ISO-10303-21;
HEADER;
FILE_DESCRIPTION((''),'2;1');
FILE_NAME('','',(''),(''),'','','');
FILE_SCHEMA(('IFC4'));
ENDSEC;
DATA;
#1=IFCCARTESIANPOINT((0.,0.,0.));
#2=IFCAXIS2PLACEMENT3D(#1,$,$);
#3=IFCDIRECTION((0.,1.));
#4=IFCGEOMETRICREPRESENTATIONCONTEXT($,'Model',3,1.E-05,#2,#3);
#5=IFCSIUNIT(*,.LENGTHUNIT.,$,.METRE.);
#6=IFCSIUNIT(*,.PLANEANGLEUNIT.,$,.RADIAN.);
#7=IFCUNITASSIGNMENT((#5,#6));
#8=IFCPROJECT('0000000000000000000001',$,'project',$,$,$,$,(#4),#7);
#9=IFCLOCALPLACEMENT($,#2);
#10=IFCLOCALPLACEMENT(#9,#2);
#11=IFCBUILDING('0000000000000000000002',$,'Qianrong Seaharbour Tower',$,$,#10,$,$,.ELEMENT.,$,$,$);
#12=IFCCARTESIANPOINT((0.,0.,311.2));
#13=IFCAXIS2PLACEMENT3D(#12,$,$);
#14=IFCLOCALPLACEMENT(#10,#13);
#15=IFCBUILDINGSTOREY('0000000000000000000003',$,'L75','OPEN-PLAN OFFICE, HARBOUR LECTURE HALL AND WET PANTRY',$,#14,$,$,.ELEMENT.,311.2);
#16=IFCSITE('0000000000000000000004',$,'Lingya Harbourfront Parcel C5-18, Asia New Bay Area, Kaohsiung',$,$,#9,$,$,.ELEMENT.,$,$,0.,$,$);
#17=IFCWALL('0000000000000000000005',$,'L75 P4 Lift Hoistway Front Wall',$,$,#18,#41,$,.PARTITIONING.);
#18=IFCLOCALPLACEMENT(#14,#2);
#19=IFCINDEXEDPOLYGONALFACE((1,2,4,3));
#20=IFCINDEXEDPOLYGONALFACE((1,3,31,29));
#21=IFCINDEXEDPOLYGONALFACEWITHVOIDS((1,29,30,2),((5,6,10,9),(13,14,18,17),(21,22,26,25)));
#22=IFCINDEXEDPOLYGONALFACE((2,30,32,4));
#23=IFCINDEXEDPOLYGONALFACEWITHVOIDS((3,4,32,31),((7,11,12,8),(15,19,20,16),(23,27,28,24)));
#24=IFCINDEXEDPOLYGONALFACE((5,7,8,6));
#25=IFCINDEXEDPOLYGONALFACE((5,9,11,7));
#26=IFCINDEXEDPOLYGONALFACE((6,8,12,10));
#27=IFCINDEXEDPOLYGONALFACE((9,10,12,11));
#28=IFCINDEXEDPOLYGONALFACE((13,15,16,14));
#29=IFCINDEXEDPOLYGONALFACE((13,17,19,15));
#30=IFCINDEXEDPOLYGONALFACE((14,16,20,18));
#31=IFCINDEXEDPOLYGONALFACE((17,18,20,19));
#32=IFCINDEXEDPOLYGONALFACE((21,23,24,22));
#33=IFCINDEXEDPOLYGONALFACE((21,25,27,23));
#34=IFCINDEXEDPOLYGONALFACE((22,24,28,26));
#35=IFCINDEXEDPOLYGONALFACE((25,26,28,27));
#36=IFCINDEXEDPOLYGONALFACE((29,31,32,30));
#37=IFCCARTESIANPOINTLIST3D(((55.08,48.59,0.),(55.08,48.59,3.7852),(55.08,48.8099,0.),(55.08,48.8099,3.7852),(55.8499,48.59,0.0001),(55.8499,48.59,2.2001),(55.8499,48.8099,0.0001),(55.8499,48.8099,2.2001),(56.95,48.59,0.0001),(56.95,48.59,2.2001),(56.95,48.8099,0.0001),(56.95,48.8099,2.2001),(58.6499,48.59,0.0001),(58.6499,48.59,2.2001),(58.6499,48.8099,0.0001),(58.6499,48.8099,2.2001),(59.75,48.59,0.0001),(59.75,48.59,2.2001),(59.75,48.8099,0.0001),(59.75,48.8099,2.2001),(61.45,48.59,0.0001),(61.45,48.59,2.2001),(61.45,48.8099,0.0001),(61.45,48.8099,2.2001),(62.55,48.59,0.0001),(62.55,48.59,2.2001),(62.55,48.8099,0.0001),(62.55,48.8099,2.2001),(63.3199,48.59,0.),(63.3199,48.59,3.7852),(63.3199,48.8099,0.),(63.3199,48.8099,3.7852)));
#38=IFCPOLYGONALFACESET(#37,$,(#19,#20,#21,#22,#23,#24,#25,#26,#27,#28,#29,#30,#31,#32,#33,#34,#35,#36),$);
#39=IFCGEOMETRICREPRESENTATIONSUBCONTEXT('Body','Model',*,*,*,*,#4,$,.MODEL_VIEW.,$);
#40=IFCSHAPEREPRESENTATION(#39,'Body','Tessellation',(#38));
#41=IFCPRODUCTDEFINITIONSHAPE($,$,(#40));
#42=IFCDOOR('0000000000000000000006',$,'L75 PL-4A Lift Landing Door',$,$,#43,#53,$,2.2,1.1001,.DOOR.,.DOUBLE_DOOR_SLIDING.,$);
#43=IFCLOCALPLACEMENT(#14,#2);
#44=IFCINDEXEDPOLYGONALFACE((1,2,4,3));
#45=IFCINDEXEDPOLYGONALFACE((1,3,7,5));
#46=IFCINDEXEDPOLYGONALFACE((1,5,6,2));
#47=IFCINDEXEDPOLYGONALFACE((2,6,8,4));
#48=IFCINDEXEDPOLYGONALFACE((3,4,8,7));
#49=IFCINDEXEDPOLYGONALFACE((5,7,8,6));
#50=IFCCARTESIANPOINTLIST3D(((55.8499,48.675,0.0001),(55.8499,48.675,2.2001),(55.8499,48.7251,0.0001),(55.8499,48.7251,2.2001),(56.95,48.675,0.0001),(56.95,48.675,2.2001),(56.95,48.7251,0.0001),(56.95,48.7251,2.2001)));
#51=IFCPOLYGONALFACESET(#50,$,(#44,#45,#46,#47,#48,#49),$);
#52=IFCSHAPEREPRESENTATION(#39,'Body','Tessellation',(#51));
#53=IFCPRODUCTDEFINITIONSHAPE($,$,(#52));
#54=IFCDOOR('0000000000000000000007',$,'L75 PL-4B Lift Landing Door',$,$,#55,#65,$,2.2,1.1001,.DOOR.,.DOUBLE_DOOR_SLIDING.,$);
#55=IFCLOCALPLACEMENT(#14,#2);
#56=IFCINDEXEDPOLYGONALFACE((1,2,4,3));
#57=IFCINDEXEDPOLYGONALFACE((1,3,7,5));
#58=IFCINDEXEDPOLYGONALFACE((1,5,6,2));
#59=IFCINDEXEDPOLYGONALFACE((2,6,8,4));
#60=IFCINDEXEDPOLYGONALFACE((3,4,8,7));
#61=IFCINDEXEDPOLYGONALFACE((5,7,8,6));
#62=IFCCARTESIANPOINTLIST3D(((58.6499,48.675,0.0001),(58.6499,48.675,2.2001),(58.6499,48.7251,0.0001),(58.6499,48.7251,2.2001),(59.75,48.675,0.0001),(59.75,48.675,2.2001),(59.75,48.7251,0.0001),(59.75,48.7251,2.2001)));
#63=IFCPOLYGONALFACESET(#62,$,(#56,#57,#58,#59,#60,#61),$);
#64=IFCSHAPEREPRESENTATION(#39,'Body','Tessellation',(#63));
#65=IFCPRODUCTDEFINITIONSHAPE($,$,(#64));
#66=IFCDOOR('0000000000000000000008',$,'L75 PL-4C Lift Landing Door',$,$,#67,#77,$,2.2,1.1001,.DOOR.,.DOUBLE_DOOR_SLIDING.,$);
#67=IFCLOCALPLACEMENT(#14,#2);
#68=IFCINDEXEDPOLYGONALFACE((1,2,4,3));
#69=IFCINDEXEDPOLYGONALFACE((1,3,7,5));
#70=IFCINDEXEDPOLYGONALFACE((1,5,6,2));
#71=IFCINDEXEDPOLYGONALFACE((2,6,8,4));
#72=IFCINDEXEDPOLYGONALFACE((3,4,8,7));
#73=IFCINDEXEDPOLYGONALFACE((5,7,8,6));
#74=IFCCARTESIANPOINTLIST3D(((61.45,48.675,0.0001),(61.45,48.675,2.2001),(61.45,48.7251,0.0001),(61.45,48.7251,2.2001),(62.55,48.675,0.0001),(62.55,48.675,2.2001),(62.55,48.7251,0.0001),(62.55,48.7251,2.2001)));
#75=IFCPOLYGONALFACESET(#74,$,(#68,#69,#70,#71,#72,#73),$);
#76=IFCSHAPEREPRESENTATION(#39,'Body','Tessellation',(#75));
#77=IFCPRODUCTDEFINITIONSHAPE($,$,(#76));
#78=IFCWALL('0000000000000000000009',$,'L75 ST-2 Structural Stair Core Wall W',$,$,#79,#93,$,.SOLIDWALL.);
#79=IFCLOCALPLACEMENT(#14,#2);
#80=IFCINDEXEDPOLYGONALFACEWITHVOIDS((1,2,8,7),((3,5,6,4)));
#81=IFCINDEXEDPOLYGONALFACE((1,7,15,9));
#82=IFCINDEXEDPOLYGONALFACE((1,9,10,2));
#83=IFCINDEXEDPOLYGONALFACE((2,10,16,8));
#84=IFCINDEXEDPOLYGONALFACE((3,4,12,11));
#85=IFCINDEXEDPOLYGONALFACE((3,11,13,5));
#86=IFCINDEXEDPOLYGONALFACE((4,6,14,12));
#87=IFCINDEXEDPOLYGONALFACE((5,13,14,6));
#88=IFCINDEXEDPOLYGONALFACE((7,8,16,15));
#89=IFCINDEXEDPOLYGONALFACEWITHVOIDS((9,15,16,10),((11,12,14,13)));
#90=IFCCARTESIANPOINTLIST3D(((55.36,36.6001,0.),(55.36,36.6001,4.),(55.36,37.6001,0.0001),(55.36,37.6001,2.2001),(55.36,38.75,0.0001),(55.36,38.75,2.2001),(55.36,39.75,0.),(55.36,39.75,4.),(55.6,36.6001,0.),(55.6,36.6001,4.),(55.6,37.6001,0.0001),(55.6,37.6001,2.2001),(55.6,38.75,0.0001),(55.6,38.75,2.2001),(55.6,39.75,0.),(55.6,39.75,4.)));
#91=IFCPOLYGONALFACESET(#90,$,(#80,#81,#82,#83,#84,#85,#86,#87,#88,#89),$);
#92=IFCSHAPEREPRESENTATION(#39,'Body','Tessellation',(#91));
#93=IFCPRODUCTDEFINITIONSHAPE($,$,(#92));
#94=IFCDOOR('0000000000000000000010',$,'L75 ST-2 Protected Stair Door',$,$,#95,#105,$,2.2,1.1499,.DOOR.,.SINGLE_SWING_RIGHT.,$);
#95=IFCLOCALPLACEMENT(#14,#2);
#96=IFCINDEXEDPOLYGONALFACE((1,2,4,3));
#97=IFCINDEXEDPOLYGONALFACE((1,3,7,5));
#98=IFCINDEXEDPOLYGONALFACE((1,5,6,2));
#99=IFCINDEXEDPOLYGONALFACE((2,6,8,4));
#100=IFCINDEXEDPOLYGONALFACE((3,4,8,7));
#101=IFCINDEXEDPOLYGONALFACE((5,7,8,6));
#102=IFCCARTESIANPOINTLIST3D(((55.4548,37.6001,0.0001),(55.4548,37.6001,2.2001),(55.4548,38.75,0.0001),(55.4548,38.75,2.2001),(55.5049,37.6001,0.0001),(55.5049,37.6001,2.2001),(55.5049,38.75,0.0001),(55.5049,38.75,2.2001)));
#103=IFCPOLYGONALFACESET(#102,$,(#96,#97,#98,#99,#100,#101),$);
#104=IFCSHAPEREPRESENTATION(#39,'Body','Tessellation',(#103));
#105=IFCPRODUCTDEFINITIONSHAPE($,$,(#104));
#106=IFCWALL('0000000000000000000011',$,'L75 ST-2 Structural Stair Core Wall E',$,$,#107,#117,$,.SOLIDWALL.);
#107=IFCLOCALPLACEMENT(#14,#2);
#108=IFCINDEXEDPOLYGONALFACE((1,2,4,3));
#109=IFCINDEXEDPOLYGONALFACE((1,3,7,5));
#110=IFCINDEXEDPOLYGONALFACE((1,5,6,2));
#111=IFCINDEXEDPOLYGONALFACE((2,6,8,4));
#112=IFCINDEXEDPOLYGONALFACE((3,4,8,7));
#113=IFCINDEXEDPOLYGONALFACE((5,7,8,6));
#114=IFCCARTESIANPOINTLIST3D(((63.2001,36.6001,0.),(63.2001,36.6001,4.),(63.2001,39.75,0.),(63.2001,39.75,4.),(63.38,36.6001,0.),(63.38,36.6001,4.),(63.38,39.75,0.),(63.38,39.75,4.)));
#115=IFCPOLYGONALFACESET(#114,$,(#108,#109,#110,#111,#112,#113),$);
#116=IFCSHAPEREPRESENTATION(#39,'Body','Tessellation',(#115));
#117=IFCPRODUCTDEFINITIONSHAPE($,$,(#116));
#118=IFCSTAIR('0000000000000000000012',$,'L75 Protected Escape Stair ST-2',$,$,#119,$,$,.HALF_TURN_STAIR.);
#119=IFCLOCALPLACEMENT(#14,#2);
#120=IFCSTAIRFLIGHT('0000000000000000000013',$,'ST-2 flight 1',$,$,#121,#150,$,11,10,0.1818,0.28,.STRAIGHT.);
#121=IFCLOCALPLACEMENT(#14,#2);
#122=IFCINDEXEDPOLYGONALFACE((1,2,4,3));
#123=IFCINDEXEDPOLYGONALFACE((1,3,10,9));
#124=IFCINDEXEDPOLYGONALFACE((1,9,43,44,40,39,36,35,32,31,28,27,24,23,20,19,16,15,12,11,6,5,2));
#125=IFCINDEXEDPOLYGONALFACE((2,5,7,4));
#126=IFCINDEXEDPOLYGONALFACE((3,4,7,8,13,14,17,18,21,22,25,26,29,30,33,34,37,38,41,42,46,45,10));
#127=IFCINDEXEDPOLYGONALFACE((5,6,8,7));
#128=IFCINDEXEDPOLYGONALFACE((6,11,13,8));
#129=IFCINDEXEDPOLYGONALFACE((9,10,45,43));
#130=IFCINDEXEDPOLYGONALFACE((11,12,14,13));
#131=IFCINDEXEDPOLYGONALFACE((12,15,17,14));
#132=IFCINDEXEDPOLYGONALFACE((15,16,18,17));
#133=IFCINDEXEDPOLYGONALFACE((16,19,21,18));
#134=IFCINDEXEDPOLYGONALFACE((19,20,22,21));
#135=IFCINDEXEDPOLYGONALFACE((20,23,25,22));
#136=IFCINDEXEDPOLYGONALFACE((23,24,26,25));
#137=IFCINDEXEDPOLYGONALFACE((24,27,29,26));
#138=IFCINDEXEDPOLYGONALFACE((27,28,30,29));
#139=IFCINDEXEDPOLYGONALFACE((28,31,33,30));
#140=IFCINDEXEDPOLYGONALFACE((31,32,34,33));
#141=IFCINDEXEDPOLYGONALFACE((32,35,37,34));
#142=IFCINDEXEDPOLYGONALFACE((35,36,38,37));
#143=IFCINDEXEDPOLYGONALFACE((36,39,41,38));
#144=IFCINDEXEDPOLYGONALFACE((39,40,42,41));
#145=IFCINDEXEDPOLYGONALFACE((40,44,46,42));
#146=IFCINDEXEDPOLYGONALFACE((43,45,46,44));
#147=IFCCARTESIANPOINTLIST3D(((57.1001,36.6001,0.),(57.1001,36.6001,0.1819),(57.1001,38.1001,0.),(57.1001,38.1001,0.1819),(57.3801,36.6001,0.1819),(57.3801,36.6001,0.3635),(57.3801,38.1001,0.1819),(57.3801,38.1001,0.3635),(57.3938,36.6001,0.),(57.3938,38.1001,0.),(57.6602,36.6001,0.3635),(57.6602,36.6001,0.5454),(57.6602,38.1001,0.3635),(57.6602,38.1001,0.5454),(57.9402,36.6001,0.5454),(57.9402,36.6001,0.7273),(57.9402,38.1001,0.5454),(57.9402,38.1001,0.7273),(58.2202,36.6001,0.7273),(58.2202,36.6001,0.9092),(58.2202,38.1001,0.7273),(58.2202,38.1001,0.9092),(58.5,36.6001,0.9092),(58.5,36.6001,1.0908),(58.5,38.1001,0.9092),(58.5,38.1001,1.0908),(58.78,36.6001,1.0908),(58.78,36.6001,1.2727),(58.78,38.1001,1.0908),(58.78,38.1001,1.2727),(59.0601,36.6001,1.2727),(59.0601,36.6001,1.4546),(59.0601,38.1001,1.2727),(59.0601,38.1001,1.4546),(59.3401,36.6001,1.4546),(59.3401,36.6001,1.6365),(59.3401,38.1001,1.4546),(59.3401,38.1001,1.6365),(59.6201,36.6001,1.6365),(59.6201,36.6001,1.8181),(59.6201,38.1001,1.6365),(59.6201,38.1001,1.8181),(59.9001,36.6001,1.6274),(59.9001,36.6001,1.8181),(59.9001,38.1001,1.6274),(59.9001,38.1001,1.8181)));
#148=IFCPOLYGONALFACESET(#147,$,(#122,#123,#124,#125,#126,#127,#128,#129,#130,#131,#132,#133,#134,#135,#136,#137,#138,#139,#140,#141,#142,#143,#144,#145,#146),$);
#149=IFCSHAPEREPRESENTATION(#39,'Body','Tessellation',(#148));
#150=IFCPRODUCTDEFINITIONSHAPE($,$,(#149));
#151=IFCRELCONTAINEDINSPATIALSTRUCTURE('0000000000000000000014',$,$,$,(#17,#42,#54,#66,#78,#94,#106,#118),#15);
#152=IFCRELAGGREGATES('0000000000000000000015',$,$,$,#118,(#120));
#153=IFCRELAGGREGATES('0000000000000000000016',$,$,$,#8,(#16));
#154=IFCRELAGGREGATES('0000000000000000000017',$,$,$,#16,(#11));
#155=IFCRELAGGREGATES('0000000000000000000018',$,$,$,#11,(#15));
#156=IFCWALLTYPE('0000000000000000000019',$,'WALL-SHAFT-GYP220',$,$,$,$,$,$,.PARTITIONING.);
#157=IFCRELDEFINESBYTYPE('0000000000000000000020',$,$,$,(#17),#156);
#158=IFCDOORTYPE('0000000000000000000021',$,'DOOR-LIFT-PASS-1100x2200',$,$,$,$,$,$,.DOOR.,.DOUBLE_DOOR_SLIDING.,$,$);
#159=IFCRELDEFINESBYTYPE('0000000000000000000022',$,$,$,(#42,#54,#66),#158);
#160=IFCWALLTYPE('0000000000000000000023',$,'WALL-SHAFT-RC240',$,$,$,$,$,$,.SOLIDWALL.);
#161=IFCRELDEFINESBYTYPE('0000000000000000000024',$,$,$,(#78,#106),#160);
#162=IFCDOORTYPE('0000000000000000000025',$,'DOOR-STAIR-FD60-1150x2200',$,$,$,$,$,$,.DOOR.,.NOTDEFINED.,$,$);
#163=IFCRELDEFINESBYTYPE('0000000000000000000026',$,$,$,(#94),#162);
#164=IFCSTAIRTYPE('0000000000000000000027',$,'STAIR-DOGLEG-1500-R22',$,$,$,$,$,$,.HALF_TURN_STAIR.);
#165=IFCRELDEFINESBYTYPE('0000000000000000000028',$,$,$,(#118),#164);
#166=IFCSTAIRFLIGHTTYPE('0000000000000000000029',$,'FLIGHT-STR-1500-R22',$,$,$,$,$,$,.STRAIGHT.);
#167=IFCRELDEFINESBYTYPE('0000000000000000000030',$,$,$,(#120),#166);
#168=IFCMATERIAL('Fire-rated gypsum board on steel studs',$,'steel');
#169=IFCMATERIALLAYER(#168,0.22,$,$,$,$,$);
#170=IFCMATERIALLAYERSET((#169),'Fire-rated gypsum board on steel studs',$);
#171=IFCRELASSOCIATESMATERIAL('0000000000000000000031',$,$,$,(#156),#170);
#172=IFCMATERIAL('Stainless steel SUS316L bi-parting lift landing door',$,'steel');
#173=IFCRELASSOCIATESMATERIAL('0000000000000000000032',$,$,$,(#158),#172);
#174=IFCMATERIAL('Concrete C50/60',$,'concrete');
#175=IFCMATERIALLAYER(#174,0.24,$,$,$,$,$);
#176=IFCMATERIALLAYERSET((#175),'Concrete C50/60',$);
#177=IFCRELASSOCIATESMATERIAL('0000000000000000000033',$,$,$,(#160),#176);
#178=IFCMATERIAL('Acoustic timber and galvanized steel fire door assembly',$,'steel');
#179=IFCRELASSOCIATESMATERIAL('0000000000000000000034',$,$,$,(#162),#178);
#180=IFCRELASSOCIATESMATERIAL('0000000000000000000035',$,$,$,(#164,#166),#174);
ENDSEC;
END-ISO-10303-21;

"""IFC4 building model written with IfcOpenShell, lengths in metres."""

from ifc_helpers import new_model, si_unit, direction, frame, frame_2d, origin, place, context, subcontext, project, spatial, polyline, rectangle, outline, extrude, material, layer, layer_set, type_object, element, fill, aggregate, save


model = new_model("IFC4")

# Units and contexts
model_context = context("Model", 3, precision=1e-05, world=origin(), true_north=direction((0.0, 1.0)))
body_context = subcontext(model_context, "Body", "Model", "MODEL_VIEW")
ifc_project = project(units=[si_unit("LENGTHUNIT", "METRE"), si_unit("PLANEANGLEUNIT", "RADIAN")], contexts=[model_context])

# Site, building, storey
site_placement = place(None, origin())
site = spatial("IfcSite", under=ifc_project, at=site_placement, Name="Lingya Harbourfront Parcel C5-18, Asia New Bay Area, Kaohsiung", CompositionType="ELEMENT", RefElevation=0.0)
building_placement = place(site_placement, origin())
building = spatial("IfcBuilding", under=site, at=building_placement, Name="Qianrong Seaharbour Tower", CompositionType="ELEMENT")
storey_placement = place(building_placement, frame((0.0, 0.0, 311.2)))
storey = spatial("IfcBuildingStorey", under=building, at=storey_placement, Name="L75", Description="OPEN-PLAN OFFICE, HARBOUR LECTURE HALL AND WET PANTRY", CompositionType="ELEMENT", Elevation=311.2)

# Shared definitions
ifc_material_1 = material(Name="Acoustic timber and galvanized steel fire door assembly", Category="steel")

# Shared definitions
ifc_material_2 = material(Name="Fire-rated gypsum board on steel studs", Category="steel")

# Wall, openings, doors
ifc_layer_1 = layer(ifc_material_2, 0.22)
ifc_layer_set_1 = layer_set([ifc_layer_1], Name="Fire-rated gypsum board on steel studs")
wall_type_1 = type_object("IfcWallType", Name="WALL-SHAFT-GYP220", PredefinedType="PARTITIONING", material=ifc_layer_set_1)
wall_1_placement = place(storey_placement, frame((63.3201, 48.7, 0.0), z_axis=(0.0, 0.0, 1.0), x_axis=(-1.0, 0.0, 0.0)))
wall_1 = element("IfcWall", 1, at=wall_1_placement, inside=storey, type_object=wall_type_1, Name="L75 P4 Lift Hoistway Front Wall", PredefinedType="PARTITIONING", context=body_context, shape_type="SweptSolid", body=[
    extrude(rectangle(XDim=8.24, YDim=0.22, at=frame_2d((4.1201, 0.0))), origin(), (0.0, 0.0, 1.0), 3.7852),
])
opening_1_placement = place(wall_1_placement, frame((6.3701, 0.0, 0.0)))
opening_1 = element("IfcOpeningElement", 2, at=opening_1_placement, cuts=wall_1, PredefinedType="OPENING", context=body_context, shape_type="SweptSolid", body=[
    extrude(rectangle(XDim=1.1001, YDim=2.2, at=frame_2d((0.55, 1.1001))), frame((0.0, 0.1201, 0.0), z_axis=(0.0, -1.0, 0.0), x_axis=(1.0, 0.0, 0.0)), (0.0, 0.0, 1.0), 0.24),
])
opening_2_placement = place(wall_1_placement, frame((3.5701, 0.0, 0.0)))
opening_2 = element("IfcOpeningElement", 3, at=opening_2_placement, cuts=wall_1, PredefinedType="OPENING", context=body_context, shape_type="SweptSolid", body=[
    extrude(rectangle(XDim=1.1001, YDim=2.2, at=frame_2d((0.55, 1.1001))), frame((0.0, 0.1201, 0.0), z_axis=(0.0, -1.0, 0.0), x_axis=(1.0, 0.0, 0.0)), (0.0, 0.0, 1.0), 0.24),
])
opening_3_placement = place(wall_1_placement, frame((0.77, 0.0, 0.0)))
opening_3 = element("IfcOpeningElement", 4, at=opening_3_placement, cuts=wall_1, PredefinedType="OPENING", context=body_context, shape_type="SweptSolid", body=[
    extrude(rectangle(XDim=1.1001, YDim=2.2, at=frame_2d((0.55, 1.1001))), frame((0.0, 0.1201, 0.0), z_axis=(0.0, -1.0, 0.0), x_axis=(1.0, 0.0, 0.0)), (0.0, 0.0, 1.0), 0.24),
])
ifc_material_3 = material(Name="Stainless steel SUS316L bi-parting lift landing door", Category="steel")
door_type_1 = type_object("IfcDoorType", Name="DOOR-LIFT-PASS-1100x2200", OperationType="DOUBLE_DOOR_SLIDING", PredefinedType="DOOR", material=ifc_material_3)
door_1_placement = place(opening_1_placement, origin())
door_1 = element("IfcDoor", 5, at=door_1_placement, inside=storey, type_object=door_type_1, Name="L75 PL-4A Lift Landing Door", OperationType="DOUBLE_DOOR_SLIDING", OverallHeight=2.2, OverallWidth=1.1001, PredefinedType="DOOR", context=body_context, shape_type="SweptSolid", body=[
    extrude(rectangle(XDim=1.1001, YDim=2.2, at=frame_2d((0.55, 1.1001))), frame((0.0, 0.0249, 0.0), z_axis=(0.0, -1.0, 0.0), x_axis=(1.0, 0.0, 0.0)), (0.0, 0.0, 1.0), 0.05),
])
fill(opening_1, door_1)
door_2_placement = place(opening_2_placement, origin())
door_2 = element("IfcDoor", 6, at=door_2_placement, inside=storey, type_object=door_type_1, Name="L75 PL-4B Lift Landing Door", OperationType="DOUBLE_DOOR_SLIDING", OverallHeight=2.2, OverallWidth=1.1001, PredefinedType="DOOR", context=body_context, shape_type="SweptSolid", body=[
    extrude(rectangle(XDim=1.1001, YDim=2.2, at=frame_2d((0.55, 1.1001))), frame((0.0, 0.0249, 0.0), z_axis=(0.0, -1.0, 0.0), x_axis=(1.0, 0.0, 0.0)), (0.0, 0.0, 1.0), 0.05),
])
fill(opening_2, door_2)
door_3_placement = place(opening_3_placement, origin())
door_3 = element("IfcDoor", 7, at=door_3_placement, inside=storey, type_object=door_type_1, Name="L75 PL-4C Lift Landing Door", OperationType="DOUBLE_DOOR_SLIDING", OverallHeight=2.2, OverallWidth=1.1001, PredefinedType="DOOR", context=body_context, shape_type="SweptSolid", body=[
    extrude(rectangle(XDim=1.1001, YDim=2.2, at=frame_2d((0.55, 1.1001))), frame((0.0, 0.0249, 0.0), z_axis=(0.0, -1.0, 0.0), x_axis=(1.0, 0.0, 0.0)), (0.0, 0.0, 1.0), 0.05),
])
fill(opening_3, door_3)

# Wall, opening, door
ifc_material_4 = material(Name="Concrete C50/60", Category="concrete")
ifc_layer_2 = layer(ifc_material_4, 0.24)
ifc_layer_set_2 = layer_set([ifc_layer_2], Name="Concrete C50/60")
wall_type_2 = type_object("IfcWallType", Name="WALL-SHAFT-RC240", PredefinedType="SOLIDWALL", material=ifc_layer_set_2)
wall_2_placement = place(storey_placement, frame((55.48, 39.75, 0.0), z_axis=(0.0, 0.0, 1.0), x_axis=(0.0, -1.0, 0.0)))
wall_2 = element("IfcWall", 8, at=wall_2_placement, inside=storey, type_object=wall_type_2, Name="L75 ST-2 Structural Stair Core Wall W", PredefinedType="SOLIDWALL", context=body_context, shape_type="SweptSolid", body=[
    extrude(rectangle(XDim=3.1499, YDim=0.24, at=frame_2d((1.575, 0.0))), origin(), (0.0, 0.0, 1.0), 4.0),
])
opening_4_placement = place(wall_2_placement, frame((1.0, 0.0, 0.0)))
opening_4 = element("IfcOpeningElement", 9, at=opening_4_placement, cuts=wall_2, PredefinedType="OPENING", context=body_context, shape_type="SweptSolid", body=[
    extrude(rectangle(XDim=1.1499, YDim=2.2, at=frame_2d((0.575, 1.1001))), frame((0.0, 0.1299, 0.0), z_axis=(0.0, -1.0, 0.0), x_axis=(1.0, 0.0, 0.0)), (0.0, 0.0, 1.0), 0.26),
])
door_type_2 = type_object("IfcDoorType", Name="DOOR-STAIR-FD60-1150x2200", OperationType="NOTDEFINED", PredefinedType="DOOR", material=ifc_material_1)
door_4_placement = place(opening_4_placement, origin())
door_4 = element("IfcDoor", 10, at=door_4_placement, inside=storey, type_object=door_type_2, Name="L75 ST-2 Protected Stair Door", OperationType="SINGLE_SWING_RIGHT", OverallHeight=2.2, OverallWidth=1.1499, PredefinedType="DOOR", context=body_context, shape_type="SweptSolid", body=[
    extrude(rectangle(XDim=1.1499, YDim=2.2, at=frame_2d((0.575, 1.1001))), frame((0.0, 0.0249, 0.0), z_axis=(0.0, -1.0, 0.0), x_axis=(1.0, 0.0, 0.0)), (0.0, 0.0, 1.0), 0.05),
])
fill(opening_4, door_4)

# Wall
wall_3_placement = place(storey_placement, frame((63.29, 36.6001, 0.0), z_axis=(0.0, 0.0, 1.0), x_axis=(0.0, 1.0, 0.0)))
element("IfcWall", 11, at=wall_3_placement, inside=storey, type_object=wall_type_2, Name="L75 ST-2 Structural Stair Core Wall E", PredefinedType="SOLIDWALL", context=body_context, shape_type="SweptSolid", body=[
    extrude(rectangle(XDim=3.1499, YDim=0.1799, at=frame_2d((1.575, 0.0))), origin(), (0.0, 0.0, 1.0), 4.0),
])

# Stair, stair flight
stair_type = type_object("IfcStairType", Name="STAIR-DOGLEG-1500-R22", PredefinedType="HALF_TURN_STAIR", material=ifc_material_4)
stair_placement = place(storey_placement, origin())
stair = element("IfcStair", 12, at=stair_placement, inside=storey, type_object=stair_type, Name="L75 Protected Escape Stair ST-2", PredefinedType="HALF_TURN_STAIR")
stair_flight_type = type_object("IfcStairFlightType", Name="FLIGHT-STR-1500-R22", PredefinedType="STRAIGHT", material=ifc_material_4)
stair_flight_1_placement = place(storey_placement, frame((57.1001, 37.3501, 0.0), z_axis=(0.0, 0.0, 1.0), x_axis=(1.0, 0.0, 0.0)))
stair_flight_1 = element("IfcStairFlight", 13, at=stair_flight_1_placement, type_object=stair_flight_type, Name="ST-2 flight 1", NumberOfRisers=11, NumberOfTreads=10, PredefinedType="STRAIGHT", RiserHeight=0.1818, TreadLength=0.28, context=body_context, shape_type="SweptSolid", body=[
    extrude(outline(polyline([(0.0, 0.0), (0.0, 0.1819), (0.28, 0.1819), (0.28, 0.3635), (0.5601, 0.3635), (0.5601, 0.5454), (0.8401, 0.5454), (0.8401, 0.7273), (1.1201, 0.7273), (1.1201, 0.9092), (1.3999, 0.9092), (1.3999, 1.0908), (1.6799, 1.0908), (1.6799, 1.2727), (1.96, 1.2727), (1.96, 1.4546), (2.24, 1.4546), (2.24, 1.6365), (2.52, 1.6365), (2.52, 1.8181), (2.8, 1.8181), (2.8, 2.0), (2.8, 1.6274), (0.2937, 0.0), (0.0, 0.0)])), frame((0.0, 0.75, 0.0), z_axis=(0.0, -1.0, 0.0), x_axis=(1.0, 0.0, 0.0)), (0.0, 0.0, 1.0), 1.5),
])
aggregate(stair, [stair_flight_1])

save(model, "model.ifc")
